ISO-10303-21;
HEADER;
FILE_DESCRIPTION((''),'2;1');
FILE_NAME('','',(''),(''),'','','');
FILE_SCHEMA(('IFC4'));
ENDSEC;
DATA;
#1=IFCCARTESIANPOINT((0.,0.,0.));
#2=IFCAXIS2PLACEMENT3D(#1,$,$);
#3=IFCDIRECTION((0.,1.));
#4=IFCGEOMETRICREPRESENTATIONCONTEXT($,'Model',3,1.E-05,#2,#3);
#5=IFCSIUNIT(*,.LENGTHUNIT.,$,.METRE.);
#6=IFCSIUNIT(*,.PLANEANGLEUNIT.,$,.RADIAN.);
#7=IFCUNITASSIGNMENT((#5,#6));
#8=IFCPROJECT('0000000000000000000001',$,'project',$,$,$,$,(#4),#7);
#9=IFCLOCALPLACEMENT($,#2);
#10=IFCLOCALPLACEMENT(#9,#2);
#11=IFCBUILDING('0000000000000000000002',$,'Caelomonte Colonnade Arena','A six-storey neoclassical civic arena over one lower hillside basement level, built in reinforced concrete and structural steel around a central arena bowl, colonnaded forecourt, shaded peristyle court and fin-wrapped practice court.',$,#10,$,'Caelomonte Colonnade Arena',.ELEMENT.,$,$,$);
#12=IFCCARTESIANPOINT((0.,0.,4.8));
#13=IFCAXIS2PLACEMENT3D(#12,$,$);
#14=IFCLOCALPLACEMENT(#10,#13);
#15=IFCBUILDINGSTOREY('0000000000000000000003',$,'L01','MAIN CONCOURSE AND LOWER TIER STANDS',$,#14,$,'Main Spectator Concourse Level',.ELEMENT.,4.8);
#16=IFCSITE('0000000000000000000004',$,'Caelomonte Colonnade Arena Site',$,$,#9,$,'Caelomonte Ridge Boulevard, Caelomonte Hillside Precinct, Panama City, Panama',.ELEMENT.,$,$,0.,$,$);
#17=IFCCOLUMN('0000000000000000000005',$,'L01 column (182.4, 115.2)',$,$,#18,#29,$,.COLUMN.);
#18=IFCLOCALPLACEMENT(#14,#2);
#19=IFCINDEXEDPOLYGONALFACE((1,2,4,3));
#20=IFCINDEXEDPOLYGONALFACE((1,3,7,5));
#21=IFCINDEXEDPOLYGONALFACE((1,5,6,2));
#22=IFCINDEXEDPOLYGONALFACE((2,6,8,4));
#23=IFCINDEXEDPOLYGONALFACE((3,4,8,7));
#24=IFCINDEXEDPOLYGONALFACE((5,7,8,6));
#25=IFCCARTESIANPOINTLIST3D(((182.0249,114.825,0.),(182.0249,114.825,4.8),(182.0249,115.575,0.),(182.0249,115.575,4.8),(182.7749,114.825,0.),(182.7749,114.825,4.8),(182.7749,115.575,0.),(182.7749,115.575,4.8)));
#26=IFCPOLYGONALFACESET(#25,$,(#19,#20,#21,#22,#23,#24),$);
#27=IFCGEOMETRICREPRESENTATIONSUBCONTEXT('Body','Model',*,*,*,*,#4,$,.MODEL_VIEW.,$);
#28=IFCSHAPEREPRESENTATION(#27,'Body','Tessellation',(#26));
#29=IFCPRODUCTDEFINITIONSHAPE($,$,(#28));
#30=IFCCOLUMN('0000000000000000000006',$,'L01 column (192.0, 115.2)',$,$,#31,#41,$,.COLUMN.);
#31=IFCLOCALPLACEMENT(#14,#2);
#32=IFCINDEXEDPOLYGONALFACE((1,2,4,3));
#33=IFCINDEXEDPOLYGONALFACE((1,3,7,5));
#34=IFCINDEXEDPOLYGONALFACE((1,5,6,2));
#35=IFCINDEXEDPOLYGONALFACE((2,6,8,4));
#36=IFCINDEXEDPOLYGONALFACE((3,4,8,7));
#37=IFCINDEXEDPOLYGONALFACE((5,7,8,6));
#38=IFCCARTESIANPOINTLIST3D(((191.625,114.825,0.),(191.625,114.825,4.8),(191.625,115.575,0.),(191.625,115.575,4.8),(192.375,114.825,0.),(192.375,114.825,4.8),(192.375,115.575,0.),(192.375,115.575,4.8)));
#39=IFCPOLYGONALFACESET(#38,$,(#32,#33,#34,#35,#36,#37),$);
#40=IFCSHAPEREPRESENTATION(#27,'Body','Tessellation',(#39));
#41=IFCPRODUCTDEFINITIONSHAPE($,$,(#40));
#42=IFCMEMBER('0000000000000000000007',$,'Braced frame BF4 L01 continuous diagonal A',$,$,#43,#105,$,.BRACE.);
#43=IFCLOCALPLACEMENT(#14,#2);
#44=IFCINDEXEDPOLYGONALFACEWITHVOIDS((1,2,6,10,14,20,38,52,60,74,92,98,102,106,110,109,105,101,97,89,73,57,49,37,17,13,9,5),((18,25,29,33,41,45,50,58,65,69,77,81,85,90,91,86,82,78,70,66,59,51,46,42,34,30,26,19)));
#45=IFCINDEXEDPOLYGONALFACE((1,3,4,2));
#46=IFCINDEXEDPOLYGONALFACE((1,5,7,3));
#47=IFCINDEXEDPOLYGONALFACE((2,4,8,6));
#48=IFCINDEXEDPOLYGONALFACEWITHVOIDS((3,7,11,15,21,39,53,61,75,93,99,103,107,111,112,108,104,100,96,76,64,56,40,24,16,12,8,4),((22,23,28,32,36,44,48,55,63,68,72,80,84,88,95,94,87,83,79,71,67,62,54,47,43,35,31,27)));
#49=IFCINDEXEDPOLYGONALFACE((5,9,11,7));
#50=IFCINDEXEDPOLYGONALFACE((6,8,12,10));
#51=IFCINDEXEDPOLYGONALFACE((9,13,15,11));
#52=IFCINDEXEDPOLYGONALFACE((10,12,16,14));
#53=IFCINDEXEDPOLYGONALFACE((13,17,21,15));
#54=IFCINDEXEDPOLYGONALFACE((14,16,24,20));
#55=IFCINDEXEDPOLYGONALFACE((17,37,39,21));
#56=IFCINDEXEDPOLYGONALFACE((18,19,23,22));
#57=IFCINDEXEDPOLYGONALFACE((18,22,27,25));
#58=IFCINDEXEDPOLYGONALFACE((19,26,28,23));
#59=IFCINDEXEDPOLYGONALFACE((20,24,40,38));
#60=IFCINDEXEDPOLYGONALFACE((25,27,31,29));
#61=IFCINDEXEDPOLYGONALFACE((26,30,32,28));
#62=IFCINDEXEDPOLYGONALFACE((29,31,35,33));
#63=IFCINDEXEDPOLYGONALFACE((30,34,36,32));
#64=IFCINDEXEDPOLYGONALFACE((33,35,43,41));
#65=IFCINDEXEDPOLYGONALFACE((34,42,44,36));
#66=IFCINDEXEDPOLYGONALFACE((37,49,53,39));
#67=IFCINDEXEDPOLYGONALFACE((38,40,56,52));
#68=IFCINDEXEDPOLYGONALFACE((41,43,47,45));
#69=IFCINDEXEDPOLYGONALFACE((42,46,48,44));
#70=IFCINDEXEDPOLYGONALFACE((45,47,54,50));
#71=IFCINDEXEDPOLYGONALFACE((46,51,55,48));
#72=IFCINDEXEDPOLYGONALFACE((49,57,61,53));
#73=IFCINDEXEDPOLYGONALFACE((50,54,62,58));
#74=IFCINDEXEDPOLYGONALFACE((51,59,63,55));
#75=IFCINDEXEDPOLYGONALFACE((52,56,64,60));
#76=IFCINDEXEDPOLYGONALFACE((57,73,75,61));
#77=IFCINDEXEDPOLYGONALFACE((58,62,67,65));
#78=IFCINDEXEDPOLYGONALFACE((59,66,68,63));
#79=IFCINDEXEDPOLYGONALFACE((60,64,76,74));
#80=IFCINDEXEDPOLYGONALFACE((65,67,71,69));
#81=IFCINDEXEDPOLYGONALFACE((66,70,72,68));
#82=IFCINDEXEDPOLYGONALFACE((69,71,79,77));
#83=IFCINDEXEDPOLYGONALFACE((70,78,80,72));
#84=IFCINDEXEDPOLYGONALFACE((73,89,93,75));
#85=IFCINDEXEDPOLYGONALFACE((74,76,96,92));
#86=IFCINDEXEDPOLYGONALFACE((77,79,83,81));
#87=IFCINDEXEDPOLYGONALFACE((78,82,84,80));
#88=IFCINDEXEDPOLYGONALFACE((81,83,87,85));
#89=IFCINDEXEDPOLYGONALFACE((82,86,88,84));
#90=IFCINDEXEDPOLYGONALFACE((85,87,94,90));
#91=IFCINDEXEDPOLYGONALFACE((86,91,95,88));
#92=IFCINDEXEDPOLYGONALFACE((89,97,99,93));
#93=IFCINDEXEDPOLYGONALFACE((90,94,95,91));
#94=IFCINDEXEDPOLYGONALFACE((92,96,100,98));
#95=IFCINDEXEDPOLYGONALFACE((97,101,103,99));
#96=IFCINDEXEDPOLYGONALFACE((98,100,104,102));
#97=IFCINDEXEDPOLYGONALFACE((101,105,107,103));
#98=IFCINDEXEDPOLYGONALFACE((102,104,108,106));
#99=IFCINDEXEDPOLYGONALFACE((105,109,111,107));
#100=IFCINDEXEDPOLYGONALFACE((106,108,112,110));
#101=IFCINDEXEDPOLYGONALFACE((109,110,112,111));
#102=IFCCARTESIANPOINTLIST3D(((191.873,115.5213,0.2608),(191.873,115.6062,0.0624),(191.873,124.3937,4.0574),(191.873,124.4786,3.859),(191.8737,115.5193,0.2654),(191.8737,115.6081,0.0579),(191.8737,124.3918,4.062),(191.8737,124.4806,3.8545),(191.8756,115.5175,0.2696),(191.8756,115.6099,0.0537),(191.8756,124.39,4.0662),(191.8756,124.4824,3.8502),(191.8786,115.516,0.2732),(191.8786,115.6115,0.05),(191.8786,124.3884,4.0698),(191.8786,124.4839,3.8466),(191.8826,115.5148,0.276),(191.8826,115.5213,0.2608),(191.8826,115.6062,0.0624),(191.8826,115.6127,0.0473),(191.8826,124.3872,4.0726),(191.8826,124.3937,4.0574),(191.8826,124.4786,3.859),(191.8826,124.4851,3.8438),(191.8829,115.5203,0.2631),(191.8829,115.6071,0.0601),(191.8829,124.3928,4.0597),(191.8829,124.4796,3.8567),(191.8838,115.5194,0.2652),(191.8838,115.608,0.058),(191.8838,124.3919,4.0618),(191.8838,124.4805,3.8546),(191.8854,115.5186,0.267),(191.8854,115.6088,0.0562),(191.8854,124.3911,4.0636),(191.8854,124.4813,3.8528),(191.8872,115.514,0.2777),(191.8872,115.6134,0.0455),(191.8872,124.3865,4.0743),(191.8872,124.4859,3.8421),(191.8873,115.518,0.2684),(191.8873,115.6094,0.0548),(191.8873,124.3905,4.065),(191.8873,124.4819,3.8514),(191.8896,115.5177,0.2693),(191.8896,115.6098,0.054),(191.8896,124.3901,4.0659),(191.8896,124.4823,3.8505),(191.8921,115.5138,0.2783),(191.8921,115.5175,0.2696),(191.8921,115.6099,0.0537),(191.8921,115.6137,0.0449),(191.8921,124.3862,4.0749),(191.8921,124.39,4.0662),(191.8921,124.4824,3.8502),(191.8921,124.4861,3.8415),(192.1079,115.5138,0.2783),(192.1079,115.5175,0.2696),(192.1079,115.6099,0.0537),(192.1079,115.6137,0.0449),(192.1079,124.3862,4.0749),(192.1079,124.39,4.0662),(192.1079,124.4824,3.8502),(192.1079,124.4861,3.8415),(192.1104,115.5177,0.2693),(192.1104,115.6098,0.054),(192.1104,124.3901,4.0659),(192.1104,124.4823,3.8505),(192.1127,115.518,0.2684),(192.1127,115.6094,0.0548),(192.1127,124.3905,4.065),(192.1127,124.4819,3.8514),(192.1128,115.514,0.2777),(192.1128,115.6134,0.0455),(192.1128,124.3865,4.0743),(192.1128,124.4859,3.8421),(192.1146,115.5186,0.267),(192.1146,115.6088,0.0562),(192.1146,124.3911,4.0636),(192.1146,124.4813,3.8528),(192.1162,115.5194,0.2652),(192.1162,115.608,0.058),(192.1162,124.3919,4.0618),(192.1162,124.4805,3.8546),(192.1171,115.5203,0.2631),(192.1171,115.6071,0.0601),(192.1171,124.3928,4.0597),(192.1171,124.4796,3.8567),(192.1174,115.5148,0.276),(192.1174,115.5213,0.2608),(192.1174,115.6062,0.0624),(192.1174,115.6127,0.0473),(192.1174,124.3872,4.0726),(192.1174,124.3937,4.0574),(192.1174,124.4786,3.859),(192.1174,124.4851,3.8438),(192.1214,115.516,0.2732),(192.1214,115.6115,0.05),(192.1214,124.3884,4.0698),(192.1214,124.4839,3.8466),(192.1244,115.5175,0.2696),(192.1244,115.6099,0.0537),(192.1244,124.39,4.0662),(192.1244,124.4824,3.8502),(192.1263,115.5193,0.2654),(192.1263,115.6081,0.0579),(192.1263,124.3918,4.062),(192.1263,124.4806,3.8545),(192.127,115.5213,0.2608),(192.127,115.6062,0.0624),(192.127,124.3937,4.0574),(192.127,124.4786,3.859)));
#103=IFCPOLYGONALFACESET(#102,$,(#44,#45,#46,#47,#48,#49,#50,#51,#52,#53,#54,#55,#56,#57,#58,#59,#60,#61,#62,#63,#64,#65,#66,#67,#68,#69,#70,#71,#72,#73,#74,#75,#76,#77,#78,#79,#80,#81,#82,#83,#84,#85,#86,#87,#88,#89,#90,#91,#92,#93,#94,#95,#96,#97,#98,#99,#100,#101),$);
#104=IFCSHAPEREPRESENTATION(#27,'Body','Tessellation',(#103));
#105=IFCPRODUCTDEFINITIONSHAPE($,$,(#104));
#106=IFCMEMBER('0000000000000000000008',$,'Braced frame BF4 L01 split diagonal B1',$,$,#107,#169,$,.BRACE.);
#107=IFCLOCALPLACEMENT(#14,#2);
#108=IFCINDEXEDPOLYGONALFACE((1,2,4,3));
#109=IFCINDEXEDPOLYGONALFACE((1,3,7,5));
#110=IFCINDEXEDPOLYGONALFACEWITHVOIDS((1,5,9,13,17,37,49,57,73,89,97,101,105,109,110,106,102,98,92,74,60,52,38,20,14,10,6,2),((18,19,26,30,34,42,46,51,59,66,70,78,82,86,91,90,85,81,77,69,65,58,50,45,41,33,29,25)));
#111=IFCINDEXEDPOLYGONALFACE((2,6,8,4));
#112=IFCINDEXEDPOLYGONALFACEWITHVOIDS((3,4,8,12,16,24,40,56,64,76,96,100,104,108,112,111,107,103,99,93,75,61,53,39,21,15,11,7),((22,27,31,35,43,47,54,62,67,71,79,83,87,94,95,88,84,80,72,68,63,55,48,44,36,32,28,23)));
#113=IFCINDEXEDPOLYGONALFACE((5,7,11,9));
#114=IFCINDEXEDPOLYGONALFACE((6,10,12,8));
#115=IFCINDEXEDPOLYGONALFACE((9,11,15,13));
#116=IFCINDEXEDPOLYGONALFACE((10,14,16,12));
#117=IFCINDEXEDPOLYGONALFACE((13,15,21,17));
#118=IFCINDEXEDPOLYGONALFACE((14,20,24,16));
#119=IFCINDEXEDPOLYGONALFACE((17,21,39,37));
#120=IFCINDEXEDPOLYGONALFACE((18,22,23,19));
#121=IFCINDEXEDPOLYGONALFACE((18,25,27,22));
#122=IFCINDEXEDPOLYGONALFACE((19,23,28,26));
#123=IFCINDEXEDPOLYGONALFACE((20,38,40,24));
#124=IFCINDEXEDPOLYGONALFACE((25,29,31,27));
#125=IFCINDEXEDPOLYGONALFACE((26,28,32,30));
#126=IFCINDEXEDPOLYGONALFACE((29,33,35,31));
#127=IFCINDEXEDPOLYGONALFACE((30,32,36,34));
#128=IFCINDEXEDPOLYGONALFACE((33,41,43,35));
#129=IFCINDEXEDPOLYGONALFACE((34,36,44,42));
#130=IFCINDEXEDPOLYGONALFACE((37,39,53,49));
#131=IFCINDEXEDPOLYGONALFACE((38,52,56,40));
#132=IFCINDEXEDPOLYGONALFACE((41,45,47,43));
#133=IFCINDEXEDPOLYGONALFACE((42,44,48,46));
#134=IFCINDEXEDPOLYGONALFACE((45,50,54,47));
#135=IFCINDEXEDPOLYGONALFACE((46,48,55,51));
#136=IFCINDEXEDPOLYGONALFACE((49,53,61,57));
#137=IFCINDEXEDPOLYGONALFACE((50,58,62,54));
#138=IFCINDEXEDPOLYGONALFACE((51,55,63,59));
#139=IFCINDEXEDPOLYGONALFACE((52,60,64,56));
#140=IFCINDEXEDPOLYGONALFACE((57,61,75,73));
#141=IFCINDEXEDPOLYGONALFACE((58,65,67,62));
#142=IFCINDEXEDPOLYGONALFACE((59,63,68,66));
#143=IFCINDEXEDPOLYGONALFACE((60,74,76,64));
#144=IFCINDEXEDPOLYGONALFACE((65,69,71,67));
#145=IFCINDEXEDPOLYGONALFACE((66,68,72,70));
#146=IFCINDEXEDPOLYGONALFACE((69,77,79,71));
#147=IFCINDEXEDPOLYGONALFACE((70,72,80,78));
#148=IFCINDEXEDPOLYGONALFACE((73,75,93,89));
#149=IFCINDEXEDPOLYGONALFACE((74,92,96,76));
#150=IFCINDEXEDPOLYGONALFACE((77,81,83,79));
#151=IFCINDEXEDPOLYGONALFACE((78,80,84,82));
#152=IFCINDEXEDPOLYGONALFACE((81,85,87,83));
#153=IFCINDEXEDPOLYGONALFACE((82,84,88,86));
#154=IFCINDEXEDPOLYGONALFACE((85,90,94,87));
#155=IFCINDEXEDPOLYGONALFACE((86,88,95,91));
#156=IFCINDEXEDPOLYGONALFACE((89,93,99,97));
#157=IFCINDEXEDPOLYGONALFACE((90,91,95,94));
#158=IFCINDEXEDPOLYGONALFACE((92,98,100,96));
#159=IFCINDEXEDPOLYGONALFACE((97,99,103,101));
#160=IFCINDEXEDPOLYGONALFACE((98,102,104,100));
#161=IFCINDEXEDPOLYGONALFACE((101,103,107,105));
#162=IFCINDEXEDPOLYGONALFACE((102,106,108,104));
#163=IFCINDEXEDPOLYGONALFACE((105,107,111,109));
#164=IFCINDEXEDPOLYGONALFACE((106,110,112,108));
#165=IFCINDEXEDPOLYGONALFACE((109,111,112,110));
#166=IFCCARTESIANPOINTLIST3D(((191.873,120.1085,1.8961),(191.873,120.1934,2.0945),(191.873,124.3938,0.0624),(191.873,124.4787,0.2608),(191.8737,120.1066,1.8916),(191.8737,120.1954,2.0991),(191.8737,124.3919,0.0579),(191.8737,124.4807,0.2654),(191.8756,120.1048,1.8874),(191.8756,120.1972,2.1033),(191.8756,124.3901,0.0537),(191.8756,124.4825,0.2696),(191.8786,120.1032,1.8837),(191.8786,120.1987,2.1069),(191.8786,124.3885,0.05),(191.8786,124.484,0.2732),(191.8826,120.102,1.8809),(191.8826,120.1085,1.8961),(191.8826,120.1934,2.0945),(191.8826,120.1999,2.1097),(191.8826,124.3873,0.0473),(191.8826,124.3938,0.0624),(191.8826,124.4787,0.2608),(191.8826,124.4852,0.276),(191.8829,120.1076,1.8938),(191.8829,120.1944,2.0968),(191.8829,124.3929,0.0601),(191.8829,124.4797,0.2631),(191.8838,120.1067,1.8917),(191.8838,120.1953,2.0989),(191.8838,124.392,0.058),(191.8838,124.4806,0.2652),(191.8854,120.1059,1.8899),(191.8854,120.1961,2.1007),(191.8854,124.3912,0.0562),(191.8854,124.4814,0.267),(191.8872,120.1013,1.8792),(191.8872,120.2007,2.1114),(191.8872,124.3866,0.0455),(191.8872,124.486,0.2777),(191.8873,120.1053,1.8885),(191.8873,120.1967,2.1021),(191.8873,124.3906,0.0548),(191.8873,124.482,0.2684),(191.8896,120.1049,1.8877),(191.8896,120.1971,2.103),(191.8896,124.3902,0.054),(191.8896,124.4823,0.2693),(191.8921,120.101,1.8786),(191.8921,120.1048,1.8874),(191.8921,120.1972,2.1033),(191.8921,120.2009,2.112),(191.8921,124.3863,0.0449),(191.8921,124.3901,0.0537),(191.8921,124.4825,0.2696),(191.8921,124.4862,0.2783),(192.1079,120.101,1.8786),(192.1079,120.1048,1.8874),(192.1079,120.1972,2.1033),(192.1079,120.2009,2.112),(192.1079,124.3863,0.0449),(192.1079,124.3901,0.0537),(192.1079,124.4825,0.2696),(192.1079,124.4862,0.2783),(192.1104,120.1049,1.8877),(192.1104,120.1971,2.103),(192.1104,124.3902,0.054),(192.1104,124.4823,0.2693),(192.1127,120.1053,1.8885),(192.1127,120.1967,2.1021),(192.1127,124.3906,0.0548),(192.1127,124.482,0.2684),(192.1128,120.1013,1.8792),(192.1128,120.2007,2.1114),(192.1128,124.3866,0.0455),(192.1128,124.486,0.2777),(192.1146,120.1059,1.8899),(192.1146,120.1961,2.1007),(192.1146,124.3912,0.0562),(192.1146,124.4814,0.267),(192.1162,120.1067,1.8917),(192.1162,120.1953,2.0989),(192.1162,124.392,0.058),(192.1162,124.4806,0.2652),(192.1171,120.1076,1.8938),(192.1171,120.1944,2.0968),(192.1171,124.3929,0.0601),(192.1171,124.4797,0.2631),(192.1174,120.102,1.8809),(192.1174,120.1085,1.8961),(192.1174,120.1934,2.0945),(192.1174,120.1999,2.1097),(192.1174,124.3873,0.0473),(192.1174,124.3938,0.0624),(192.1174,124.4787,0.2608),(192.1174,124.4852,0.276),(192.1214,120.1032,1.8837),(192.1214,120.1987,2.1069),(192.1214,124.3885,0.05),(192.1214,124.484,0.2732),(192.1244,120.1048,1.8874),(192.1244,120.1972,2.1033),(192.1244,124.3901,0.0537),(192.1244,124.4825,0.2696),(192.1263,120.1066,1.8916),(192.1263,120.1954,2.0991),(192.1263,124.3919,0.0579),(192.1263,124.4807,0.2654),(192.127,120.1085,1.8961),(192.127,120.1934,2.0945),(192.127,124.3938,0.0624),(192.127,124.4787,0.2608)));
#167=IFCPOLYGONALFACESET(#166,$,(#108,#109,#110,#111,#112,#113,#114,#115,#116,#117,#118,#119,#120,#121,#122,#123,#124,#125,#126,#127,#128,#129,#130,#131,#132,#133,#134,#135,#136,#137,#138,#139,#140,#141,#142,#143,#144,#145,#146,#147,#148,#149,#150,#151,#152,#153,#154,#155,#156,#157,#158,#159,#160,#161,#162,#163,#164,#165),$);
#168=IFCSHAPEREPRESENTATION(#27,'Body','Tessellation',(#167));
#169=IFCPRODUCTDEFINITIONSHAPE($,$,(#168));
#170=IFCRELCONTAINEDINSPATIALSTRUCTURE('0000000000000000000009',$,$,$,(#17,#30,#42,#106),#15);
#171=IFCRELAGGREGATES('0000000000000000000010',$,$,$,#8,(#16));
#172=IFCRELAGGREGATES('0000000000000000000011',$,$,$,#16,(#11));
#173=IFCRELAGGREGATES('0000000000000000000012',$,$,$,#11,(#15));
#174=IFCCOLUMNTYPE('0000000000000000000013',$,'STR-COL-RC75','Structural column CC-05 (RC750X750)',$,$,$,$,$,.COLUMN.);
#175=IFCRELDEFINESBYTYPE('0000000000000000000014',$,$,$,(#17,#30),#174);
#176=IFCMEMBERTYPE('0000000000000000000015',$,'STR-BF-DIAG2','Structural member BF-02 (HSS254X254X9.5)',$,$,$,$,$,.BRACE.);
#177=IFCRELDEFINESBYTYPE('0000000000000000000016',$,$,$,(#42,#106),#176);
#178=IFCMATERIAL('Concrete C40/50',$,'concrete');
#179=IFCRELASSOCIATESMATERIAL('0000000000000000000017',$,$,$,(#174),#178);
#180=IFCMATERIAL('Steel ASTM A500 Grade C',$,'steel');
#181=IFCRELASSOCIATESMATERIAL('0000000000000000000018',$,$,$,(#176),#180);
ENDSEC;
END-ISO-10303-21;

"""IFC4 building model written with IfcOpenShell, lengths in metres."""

from ifc_helpers import new_model, si_unit, direction, frame, origin, origin_2d, place, context, subcontext, project, spatial, rectangle, hollow_rectangle, extrude, material, material_profile, profile_set, type_object, element, save


model = new_model("IFC4")

# Units and contexts
model_context = context("Model", 3, precision=1e-05, world=origin(), true_north=direction((0.0, 1.0)))
body_context = subcontext(model_context, "Body", "Model", "MODEL_VIEW")
ifc_project = project(units=[si_unit("LENGTHUNIT", "METRE"), si_unit("PLANEANGLEUNIT", "RADIAN")], contexts=[model_context])

# Site, building, storey
site_placement = place(None, origin())
site = spatial("IfcSite", under=ifc_project, at=site_placement, Name="Caelomonte Colonnade Arena Site", LongName="Caelomonte Ridge Boulevard, Caelomonte Hillside Precinct, Panama City, Panama", CompositionType="ELEMENT", RefElevation=0.0)
building_placement = place(site_placement, origin())
building = spatial("IfcBuilding", under=site, at=building_placement, Name="Caelomonte Colonnade Arena", Description="A six-storey neoclassical civic arena over one lower hillside basement level, built in reinforced concrete and structural steel around a central arena bowl, colonnaded forecourt, shaded peristyle court and fin-wrapped practice court.", LongName="Caelomonte Colonnade Arena", CompositionType="ELEMENT")
storey_placement = place(building_placement, frame((0.0, 0.0, 4.8)))
storey = spatial("IfcBuildingStorey", under=building, at=storey_placement, Name="L01", Description="MAIN CONCOURSE AND LOWER TIER STANDS", LongName="Main Spectator Concourse Level", CompositionType="ELEMENT", Elevation=4.8)

# Columns
ifc_material_1 = material(Name="Concrete C40/50", Category="concrete")
ifc_material_profile_1 = material_profile(ifc_material_1, rectangle(XDim=0.75, YDim=0.75, at=origin_2d()), Name="RC750X750")
ifc_profile_set_1 = profile_set([ifc_material_profile_1], Name="Concrete C40/50")
column_type = type_object("IfcColumnType", Name="STR-COL-RC75", Description="Structural column CC-05 (RC750X750)", PredefinedType="COLUMN", material=ifc_profile_set_1)
for number, where, z_axis, x_axis, name in (
    (1, (182.3999, 115.2, 0.0), (0.0, 0.0, 1.0), (1.0, 0.0, 0.0), "L01 column (182.4, 115.2)"),
    (2, (192.0, 115.2, 0.0), (0.0, 0.0, 1.0), (1.0, 0.0, 0.0), "L01 column (192.0, 115.2)"),
):
    element("IfcColumn", number, at=place(storey_placement, frame(where, z_axis=z_axis, x_axis=x_axis)), inside=storey, type_object=column_type, Name=name, PredefinedType="COLUMN", context=body_context, shape_type="SweptSolid", body=[
        extrude(rectangle(XDim=0.75, YDim=0.75, at=origin_2d()), origin(), (0.0, 0.0, 1.0), 4.8),
    ])

# Members
ifc_material_2 = material(Name="Steel ASTM A500 Grade C", Category="steel")
ifc_material_profile_2 = material_profile(ifc_material_2, hollow_rectangle(XDim=0.2539, YDim=0.2539, WallThickness=0.0095, InnerFilletRadius=0.0095, OuterFilletRadius=0.019, at=origin_2d()), Name="HSS254X254X9.5")
ifc_profile_set_2 = profile_set([ifc_material_profile_2], Name="Steel ASTM A500 Grade C")
member_type = type_object("IfcMemberType", Name="STR-BF-DIAG2", Description="Structural member BF-02 (HSS254X254X9.5)", PredefinedType="BRACE", material=ifc_profile_set_2)
member_placement = place(storey_placement, frame((192.0, 115.5637, 0.1616), z_axis=(0.0, 0.919366, 0.393403), x_axis=(-1.0, 0.0, 0.0)))
element("IfcMember", 3, at=member_placement, inside=storey, type_object=member_type, Name="Braced frame BF4 L01 continuous diagonal A", PredefinedType="BRACE", context=body_context, shape_type="SweptSolid", body=[
    extrude(hollow_rectangle(XDim=0.2539, YDim=0.2539, WallThickness=0.0095, InnerFilletRadius=0.0095, OuterFilletRadius=0.019, at=origin_2d()), origin(), (0.0, 0.0, 1.0), 9.6506),
])
for number, where, z_axis, x_axis, name in (
    (4, (192.0, 124.4363, 0.1616), (0.0, -0.919367, 0.393401), (1.0, 0.0, 0.0), "Braced frame BF4 L01 split diagonal B1"),
):
    element("IfcMember", number, at=place(storey_placement, frame(where, z_axis=z_axis, x_axis=x_axis)), inside=storey, type_object=member_type, Name=name, PredefinedType="BRACE", context=body_context, shape_type="SweptSolid", body=[
        extrude(hollow_rectangle(XDim=0.2539, YDim=0.2539, WallThickness=0.0095, InnerFilletRadius=0.0095, OuterFilletRadius=0.019, at=origin_2d()), origin(), (0.0, 0.0, 1.0), 4.6611),
    ])

save(model, "model.ifc")
